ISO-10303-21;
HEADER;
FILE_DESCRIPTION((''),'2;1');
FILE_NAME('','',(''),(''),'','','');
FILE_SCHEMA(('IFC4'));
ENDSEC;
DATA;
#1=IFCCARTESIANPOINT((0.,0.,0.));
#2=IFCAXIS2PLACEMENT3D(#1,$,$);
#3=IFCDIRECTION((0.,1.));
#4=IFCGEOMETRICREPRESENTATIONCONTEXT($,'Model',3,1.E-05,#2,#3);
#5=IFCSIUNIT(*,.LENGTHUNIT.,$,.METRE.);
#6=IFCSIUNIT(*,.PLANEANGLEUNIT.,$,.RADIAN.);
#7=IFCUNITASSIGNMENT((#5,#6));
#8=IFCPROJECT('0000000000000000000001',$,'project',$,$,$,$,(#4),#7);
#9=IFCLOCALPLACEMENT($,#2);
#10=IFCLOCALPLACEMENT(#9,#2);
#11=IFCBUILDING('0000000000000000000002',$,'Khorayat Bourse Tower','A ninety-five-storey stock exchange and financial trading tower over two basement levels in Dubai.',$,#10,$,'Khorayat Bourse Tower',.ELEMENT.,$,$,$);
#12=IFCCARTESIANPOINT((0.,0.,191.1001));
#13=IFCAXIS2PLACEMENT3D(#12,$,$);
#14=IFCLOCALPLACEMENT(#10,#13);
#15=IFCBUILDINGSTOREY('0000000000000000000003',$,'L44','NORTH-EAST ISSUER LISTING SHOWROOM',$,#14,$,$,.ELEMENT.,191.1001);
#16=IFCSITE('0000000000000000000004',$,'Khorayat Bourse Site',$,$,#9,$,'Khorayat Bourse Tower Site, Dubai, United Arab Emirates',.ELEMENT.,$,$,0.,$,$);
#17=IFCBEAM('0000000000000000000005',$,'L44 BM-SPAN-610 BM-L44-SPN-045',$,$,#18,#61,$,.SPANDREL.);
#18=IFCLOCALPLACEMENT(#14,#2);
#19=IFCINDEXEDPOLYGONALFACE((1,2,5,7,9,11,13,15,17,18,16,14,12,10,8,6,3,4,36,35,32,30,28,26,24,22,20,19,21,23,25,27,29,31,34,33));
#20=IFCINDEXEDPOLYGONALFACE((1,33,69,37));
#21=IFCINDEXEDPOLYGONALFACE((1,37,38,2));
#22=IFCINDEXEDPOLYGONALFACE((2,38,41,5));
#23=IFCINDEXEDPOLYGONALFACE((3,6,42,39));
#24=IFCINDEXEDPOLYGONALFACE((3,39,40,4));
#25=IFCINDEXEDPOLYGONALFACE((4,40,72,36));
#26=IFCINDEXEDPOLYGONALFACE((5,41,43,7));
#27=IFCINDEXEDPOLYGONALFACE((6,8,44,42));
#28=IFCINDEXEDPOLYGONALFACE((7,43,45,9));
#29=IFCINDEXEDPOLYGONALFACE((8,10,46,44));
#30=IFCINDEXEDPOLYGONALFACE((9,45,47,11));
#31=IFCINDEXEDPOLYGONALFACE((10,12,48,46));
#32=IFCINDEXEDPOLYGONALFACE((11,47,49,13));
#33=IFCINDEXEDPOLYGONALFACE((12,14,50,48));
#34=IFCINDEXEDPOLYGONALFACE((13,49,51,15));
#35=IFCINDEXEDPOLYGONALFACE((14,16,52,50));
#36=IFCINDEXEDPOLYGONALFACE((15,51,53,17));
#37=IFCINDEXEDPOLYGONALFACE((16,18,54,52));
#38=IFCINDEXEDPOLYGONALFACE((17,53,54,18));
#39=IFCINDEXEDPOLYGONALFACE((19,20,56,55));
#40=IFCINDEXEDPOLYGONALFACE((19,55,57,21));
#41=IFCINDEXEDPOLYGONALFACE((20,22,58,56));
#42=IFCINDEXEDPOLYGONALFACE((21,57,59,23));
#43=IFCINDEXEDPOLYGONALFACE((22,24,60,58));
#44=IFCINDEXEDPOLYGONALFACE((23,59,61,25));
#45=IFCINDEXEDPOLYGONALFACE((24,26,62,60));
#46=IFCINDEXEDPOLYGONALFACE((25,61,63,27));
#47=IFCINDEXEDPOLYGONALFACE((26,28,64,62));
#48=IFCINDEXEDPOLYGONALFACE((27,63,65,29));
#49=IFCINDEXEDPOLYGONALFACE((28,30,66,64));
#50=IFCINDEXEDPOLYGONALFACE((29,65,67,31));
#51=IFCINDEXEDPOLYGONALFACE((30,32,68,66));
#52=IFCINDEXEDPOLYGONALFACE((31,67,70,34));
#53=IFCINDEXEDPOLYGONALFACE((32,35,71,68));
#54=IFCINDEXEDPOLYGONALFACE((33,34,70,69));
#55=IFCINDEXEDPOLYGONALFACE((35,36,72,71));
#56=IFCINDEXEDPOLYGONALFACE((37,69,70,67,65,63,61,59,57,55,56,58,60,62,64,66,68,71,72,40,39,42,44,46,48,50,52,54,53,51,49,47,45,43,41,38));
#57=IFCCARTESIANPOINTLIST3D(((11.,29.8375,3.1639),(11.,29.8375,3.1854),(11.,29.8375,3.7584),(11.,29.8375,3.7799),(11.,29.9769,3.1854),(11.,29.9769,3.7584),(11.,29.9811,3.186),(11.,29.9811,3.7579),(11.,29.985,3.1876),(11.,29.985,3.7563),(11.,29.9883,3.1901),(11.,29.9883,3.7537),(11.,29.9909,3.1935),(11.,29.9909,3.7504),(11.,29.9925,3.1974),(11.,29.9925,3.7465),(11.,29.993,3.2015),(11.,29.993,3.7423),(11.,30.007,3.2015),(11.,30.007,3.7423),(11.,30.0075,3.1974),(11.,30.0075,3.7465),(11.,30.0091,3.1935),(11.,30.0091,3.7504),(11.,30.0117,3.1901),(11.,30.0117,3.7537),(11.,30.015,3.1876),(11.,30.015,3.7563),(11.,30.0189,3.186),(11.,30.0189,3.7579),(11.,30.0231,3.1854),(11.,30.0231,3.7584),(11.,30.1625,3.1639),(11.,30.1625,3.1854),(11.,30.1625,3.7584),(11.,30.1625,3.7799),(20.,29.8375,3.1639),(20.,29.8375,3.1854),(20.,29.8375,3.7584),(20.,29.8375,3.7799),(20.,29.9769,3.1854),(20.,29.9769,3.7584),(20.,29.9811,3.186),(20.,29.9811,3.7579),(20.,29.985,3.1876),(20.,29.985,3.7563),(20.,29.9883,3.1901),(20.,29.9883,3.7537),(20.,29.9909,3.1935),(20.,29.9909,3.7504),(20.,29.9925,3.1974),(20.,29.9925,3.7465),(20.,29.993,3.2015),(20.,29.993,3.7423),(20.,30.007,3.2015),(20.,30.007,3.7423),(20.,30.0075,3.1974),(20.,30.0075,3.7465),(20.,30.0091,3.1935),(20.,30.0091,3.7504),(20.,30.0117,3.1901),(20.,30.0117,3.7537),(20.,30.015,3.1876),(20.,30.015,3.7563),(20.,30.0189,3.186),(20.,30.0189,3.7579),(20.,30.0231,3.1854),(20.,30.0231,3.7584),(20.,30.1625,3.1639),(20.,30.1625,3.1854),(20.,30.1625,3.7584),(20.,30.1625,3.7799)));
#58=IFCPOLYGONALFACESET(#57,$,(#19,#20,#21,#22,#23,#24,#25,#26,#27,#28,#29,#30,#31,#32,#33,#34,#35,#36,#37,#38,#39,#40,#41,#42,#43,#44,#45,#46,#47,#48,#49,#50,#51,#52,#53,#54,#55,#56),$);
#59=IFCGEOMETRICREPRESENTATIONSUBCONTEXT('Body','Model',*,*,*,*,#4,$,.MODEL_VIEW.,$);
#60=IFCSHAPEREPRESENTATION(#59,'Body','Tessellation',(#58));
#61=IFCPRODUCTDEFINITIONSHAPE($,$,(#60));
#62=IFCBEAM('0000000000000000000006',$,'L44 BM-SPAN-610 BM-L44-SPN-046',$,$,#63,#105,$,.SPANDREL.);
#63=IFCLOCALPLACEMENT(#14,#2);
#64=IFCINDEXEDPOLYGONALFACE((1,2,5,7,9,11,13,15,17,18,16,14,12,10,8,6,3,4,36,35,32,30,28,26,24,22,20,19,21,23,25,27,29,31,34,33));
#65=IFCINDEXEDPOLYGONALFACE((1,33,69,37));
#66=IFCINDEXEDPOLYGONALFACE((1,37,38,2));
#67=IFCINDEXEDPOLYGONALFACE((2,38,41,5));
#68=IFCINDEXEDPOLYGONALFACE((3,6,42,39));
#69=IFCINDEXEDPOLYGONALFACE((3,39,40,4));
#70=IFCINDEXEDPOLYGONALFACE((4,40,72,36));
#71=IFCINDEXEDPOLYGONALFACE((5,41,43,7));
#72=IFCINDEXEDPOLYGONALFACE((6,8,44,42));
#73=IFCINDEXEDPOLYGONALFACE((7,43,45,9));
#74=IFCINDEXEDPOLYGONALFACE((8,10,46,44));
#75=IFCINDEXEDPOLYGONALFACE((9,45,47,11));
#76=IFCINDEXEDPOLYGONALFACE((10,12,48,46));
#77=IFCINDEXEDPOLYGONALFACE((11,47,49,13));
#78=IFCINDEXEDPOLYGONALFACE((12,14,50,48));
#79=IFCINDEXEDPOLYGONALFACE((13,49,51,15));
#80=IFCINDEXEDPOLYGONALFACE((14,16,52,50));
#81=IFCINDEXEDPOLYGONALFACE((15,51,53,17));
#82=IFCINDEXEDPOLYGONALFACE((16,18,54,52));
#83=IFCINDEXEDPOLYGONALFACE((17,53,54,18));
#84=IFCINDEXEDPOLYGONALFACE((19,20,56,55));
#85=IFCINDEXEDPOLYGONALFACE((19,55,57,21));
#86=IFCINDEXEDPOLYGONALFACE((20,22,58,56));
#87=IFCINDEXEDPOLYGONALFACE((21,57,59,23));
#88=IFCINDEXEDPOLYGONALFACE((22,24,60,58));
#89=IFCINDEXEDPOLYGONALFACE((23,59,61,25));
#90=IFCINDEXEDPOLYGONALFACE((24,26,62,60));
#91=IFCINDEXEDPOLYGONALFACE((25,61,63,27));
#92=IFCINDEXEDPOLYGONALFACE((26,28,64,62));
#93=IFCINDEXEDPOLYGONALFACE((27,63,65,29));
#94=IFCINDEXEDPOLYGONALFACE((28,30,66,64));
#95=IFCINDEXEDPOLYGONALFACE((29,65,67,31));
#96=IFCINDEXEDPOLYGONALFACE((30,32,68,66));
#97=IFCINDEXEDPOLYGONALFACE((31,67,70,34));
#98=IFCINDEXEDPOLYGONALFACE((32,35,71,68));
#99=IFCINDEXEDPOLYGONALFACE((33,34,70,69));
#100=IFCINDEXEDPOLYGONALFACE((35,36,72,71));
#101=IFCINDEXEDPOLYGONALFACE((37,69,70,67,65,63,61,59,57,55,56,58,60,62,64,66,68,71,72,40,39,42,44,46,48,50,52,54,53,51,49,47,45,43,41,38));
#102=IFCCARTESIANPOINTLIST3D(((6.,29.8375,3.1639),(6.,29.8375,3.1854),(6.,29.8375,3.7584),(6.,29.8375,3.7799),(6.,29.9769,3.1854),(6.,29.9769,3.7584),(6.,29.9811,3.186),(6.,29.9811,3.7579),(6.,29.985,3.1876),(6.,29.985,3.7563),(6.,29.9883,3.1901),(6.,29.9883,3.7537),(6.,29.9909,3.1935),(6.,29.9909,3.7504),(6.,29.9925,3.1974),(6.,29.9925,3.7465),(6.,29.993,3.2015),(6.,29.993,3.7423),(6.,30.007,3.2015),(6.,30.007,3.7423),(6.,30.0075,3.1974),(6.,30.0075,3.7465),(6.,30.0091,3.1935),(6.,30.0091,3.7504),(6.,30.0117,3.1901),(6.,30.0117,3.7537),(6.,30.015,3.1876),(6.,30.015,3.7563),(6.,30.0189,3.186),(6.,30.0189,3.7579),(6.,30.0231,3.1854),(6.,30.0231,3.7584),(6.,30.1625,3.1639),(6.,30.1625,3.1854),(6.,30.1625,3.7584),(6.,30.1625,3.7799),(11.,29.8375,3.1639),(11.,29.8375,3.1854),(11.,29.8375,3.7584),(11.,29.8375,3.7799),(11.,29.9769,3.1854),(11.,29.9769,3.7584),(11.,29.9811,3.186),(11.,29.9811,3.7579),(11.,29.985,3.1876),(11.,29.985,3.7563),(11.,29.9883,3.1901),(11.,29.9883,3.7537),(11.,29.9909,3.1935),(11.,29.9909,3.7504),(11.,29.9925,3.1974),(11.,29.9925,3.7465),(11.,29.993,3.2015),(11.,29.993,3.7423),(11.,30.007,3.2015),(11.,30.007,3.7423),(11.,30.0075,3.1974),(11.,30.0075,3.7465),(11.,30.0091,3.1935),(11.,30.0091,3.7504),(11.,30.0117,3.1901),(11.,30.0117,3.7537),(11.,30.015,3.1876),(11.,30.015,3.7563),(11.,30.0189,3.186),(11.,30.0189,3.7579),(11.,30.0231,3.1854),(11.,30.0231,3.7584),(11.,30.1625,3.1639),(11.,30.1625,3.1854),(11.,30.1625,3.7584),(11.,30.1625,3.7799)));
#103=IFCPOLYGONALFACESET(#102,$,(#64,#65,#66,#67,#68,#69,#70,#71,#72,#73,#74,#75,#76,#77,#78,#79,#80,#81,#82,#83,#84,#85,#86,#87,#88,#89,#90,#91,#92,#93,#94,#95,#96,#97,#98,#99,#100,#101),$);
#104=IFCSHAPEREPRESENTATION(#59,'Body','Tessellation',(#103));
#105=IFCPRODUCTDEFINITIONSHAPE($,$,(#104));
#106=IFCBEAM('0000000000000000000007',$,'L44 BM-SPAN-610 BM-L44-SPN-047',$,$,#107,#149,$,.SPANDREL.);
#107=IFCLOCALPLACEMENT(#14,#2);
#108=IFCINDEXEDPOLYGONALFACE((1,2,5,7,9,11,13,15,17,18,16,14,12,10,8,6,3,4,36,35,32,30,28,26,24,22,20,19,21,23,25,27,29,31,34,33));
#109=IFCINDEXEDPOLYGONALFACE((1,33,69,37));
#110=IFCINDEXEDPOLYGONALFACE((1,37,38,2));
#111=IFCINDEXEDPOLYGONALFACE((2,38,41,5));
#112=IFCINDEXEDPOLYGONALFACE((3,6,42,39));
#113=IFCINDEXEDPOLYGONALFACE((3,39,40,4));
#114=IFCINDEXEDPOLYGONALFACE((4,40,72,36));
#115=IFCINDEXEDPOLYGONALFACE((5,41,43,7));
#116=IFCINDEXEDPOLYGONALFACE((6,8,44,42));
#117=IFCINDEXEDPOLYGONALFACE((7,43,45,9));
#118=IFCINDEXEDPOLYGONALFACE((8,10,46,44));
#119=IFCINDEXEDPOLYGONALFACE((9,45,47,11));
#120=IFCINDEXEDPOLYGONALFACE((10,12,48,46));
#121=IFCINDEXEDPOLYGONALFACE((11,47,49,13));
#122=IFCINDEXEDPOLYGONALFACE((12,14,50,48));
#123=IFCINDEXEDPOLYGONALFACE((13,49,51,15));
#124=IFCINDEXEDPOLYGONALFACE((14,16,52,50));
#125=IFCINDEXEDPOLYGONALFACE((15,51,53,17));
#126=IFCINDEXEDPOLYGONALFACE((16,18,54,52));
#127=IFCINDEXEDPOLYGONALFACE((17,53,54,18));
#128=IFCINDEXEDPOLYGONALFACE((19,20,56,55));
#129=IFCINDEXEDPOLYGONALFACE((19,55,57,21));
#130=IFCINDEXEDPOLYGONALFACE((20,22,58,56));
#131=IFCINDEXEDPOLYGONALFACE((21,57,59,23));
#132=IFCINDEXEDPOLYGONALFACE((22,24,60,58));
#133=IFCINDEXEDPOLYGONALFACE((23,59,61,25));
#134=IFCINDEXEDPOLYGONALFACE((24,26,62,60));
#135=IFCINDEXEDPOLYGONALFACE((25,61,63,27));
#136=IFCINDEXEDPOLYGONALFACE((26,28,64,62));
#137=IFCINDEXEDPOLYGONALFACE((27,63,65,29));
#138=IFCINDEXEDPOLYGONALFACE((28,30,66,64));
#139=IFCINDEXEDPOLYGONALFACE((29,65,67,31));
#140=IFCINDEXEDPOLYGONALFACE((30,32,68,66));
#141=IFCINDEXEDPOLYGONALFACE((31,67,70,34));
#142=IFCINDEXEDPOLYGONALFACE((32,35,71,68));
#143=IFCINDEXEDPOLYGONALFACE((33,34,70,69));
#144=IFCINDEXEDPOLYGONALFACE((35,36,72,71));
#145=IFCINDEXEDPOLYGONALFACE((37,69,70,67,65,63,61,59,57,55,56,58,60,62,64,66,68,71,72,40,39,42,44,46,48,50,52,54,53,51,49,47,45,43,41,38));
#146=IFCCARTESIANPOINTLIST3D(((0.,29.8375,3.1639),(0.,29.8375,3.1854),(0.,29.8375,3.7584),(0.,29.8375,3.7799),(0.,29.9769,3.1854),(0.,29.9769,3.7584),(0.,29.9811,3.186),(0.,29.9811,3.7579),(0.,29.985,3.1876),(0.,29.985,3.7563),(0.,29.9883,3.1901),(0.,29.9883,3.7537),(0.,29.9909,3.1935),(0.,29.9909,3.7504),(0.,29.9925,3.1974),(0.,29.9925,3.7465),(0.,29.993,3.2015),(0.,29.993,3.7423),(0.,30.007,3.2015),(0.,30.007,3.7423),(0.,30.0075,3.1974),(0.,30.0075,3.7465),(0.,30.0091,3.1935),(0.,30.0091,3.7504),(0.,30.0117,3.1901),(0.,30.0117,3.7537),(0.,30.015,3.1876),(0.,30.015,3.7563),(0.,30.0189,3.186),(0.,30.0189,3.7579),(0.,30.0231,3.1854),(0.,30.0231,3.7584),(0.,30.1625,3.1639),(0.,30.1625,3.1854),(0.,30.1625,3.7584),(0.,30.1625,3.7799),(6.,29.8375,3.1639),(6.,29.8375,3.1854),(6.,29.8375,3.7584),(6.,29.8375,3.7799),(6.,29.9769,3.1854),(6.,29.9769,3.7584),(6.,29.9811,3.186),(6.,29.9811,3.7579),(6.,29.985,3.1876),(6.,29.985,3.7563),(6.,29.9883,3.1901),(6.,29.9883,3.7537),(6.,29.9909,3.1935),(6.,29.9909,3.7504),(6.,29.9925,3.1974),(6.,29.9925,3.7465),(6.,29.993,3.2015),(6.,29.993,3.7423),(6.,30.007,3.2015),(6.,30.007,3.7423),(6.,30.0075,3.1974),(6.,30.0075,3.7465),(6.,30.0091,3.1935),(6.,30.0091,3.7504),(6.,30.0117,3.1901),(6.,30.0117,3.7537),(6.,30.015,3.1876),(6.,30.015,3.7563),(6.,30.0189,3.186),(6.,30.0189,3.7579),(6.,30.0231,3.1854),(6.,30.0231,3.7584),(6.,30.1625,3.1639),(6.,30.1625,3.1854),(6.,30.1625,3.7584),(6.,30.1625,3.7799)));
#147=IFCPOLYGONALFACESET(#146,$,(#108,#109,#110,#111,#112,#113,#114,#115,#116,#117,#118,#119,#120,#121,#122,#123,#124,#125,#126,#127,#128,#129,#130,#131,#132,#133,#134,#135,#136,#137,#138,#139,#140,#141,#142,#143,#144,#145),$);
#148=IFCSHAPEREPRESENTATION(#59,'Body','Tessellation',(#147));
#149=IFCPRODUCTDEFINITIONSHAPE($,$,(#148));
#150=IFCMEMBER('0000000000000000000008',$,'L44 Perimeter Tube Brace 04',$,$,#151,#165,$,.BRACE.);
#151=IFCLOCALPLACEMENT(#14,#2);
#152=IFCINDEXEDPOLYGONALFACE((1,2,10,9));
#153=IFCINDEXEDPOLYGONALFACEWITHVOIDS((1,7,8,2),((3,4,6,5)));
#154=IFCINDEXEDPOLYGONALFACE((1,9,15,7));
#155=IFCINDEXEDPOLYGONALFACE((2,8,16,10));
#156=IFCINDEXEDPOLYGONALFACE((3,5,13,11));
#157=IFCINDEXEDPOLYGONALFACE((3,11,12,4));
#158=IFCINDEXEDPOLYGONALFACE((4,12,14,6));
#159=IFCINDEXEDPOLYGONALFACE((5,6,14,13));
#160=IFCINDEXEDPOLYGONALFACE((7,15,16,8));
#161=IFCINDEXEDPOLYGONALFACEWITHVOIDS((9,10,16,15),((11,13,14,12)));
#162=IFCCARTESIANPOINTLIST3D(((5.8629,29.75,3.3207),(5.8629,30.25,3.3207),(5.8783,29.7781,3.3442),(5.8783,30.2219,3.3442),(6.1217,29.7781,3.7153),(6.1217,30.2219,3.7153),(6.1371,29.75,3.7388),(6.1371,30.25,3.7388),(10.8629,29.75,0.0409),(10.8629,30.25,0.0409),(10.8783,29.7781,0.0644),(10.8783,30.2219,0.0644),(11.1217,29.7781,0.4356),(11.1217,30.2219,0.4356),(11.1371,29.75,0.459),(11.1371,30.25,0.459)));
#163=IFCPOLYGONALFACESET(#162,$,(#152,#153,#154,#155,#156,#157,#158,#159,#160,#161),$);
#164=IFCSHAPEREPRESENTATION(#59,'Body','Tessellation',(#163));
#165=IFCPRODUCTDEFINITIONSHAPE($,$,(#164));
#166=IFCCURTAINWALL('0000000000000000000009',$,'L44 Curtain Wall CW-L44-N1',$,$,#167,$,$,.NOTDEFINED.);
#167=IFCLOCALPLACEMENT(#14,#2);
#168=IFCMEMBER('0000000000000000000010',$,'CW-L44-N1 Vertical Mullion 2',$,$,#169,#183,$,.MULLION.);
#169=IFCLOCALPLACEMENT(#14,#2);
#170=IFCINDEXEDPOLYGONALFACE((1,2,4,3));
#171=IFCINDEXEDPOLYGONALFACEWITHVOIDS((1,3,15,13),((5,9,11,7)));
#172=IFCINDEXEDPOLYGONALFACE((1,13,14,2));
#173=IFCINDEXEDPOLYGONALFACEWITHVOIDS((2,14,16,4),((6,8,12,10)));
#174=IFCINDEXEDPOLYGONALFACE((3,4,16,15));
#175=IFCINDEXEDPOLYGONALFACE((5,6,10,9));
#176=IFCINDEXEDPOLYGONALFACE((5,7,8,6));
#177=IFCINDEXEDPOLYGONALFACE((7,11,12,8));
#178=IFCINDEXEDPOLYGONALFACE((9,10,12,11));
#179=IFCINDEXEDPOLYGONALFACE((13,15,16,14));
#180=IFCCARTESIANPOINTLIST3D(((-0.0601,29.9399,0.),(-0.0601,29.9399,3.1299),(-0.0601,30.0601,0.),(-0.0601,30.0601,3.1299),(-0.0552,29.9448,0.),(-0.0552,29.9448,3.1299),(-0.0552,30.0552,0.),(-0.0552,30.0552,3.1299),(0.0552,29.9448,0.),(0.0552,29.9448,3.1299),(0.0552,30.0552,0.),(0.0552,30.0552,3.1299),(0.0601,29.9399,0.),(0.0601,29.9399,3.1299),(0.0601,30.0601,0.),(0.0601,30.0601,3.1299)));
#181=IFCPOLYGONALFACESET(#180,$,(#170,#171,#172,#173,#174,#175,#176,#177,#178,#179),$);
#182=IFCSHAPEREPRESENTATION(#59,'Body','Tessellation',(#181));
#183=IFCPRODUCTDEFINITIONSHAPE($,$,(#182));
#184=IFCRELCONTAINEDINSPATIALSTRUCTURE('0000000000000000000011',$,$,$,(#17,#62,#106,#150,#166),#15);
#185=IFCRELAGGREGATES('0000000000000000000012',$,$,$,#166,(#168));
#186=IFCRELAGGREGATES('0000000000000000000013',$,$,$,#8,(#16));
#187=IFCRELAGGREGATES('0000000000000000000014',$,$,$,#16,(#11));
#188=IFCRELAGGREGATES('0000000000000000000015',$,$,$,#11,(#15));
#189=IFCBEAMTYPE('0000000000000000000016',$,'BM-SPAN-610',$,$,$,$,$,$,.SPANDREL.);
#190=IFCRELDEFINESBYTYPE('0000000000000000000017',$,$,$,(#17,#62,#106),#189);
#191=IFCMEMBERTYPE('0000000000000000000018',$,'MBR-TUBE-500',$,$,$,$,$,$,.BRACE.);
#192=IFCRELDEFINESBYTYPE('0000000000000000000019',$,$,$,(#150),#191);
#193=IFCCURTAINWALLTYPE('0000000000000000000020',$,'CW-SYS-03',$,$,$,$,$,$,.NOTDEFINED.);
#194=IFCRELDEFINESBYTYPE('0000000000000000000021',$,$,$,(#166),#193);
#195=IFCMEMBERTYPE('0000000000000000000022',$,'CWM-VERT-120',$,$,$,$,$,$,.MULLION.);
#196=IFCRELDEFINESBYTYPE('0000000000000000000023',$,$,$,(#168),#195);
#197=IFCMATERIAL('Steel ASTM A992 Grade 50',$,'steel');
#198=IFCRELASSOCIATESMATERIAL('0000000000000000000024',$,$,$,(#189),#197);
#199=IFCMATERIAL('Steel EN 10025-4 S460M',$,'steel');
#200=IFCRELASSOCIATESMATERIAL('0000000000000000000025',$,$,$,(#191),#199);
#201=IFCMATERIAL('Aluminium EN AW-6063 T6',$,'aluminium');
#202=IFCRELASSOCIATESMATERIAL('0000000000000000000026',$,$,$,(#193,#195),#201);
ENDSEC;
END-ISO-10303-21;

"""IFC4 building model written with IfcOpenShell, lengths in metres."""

from ifc_helpers import new_model, si_unit, direction, frame, origin, origin_2d, place, context, subcontext, project, spatial, hollow_rectangle, i_section, extrude, source, transform, mapped, material, material_profile, profile_set, type_object, element, aggregate, save


model = new_model("IFC4")

# Units and contexts
model_context = context("Model", 3, precision=1e-05, world=origin(), true_north=direction((0.0, 1.0)))
body_context = subcontext(model_context, "Body", "Model", "MODEL_VIEW")
ifc_project = project(units=[si_unit("LENGTHUNIT", "METRE"), si_unit("PLANEANGLEUNIT", "RADIAN")], contexts=[model_context])

# Site, building, storey
site_placement = place(None, origin())
site = spatial("IfcSite", under=ifc_project, at=site_placement, Name="Khorayat Bourse Site", LongName="Khorayat Bourse Tower Site, Dubai, United Arab Emirates", CompositionType="ELEMENT", RefElevation=0.0)
building_placement = place(site_placement, origin())
building = spatial("IfcBuilding", under=site, at=building_placement, Name="Khorayat Bourse Tower", Description="A ninety-five-storey stock exchange and financial trading tower over two basement levels in Dubai.", LongName="Khorayat Bourse Tower", CompositionType="ELEMENT")
storey_placement = place(building_placement, frame((0.0, 0.0, 191.1001)))
storey = spatial("IfcBuildingStorey", under=building, at=storey_placement, Name="L44", Description="NORTH-EAST ISSUER LISTING SHOWROOM", CompositionType="ELEMENT", Elevation=191.1001)

# Shared definitions
ifc_material_1 = material(Name="Steel EN 10025-4 S460M", Category="steel")

# Beams
ifc_material_2 = material(Name="Steel ASTM A992 Grade 50", Category="steel")
ifc_material_profile_1 = material_profile(ifc_material_2, i_section(OverallWidth=0.325, OverallDepth=0.616, WebThickness=0.0139, FlangeThickness=0.0215, FilletRadius=0.0161, at=origin_2d()), Name="W610X174")
ifc_profile_set_1 = profile_set([ifc_material_profile_1], Name="Steel ASTM A992 Grade 50")
beam_type_1 = type_object("IfcBeamType", Name="BM-SPAN-610", PredefinedType="SPANDREL", material=ifc_profile_set_1)
shared_shape_1 = source(origin(), body_context, "Body", "SweptSolid", [
    extrude(i_section(OverallWidth=0.325, OverallDepth=0.616, WebThickness=0.0139, FlangeThickness=0.0215, FilletRadius=0.0161, at=origin_2d()), origin(), (0.0, 0.0, 1.0), 9.0),
])
beam_1_placement = place(storey_placement, frame((11.0, 30.0, 3.4719), z_axis=(1.0, 0.0, 0.0), x_axis=(0.0, 1.0, 0.0)))
element("IfcBeam", 1, at=beam_1_placement, inside=storey, type_object=beam_type_1, Name="L44 BM-SPAN-610 BM-L44-SPN-045", PredefinedType="SPANDREL", context=body_context, shape_type="MappedRepresentation", body=[
    mapped(shared_shape_1, transform((0.0, 0.0, 0.0), scale=1.0)),
])
shared_shape_2 = source(origin(), body_context, "Body", "SweptSolid", [
    extrude(i_section(OverallWidth=0.325, OverallDepth=0.616, WebThickness=0.0139, FlangeThickness=0.0215, FilletRadius=0.0161, at=origin_2d()), origin(), (0.0, 0.0, 1.0), 5.0),
])
beam_2_placement = place(storey_placement, frame((6.0, 30.0, 3.4719), z_axis=(1.0, 0.0, 0.0), x_axis=(0.0, 1.0, 0.0)))
element("IfcBeam", 2, at=beam_2_placement, inside=storey, type_object=beam_type_1, Name="L44 BM-SPAN-610 BM-L44-SPN-046", PredefinedType="SPANDREL", context=body_context, shape_type="MappedRepresentation", body=[
    mapped(shared_shape_2, transform((0.0, 0.0, 0.0), scale=1.0)),
])
shared_shape_3 = source(origin(), body_context, "Body", "SweptSolid", [
    extrude(i_section(OverallWidth=0.325, OverallDepth=0.616, WebThickness=0.0139, FlangeThickness=0.0215, FilletRadius=0.0161, at=origin_2d()), origin(), (0.0, 0.0, 1.0), 6.0),
])
beam_3_placement = place(storey_placement, frame((0.0, 30.0, 3.4719), z_axis=(1.0, 0.0, 0.0), x_axis=(0.0, 1.0, 0.0)))
element("IfcBeam", 3, at=beam_3_placement, inside=storey, type_object=beam_type_1, Name="L44 BM-SPAN-610 BM-L44-SPN-047", PredefinedType="SPANDREL", context=body_context, shape_type="MappedRepresentation", body=[
    mapped(shared_shape_3, transform((0.0, 0.0, 0.0), scale=1.0)),
])

# Member
ifc_material_profile_2 = material_profile(ifc_material_1, hollow_rectangle(XDim=0.5, YDim=0.5, WallThickness=0.0281, at=origin_2d()), Name="HSS 500x500x28")
ifc_profile_set_2 = profile_set([ifc_material_profile_2], Name="Steel EN 10025-4 S460M")
member_type_1 = type_object("IfcMemberType", Name="MBR-TUBE-500", PredefinedType="BRACE", material=ifc_profile_set_2)
shared_shape_4 = source(origin(), body_context, "Body", "SweptSolid", [
    extrude(hollow_rectangle(XDim=0.5, YDim=0.5, WallThickness=0.0281, at=origin_2d()), origin(), (0.0, 0.0, 1.0), 5.9797),
])
member_1_placement = place(storey_placement, frame((6.0, 30.0, 3.5298), z_axis=(0.83616, 0.0, -0.548485), x_axis=(0.0, 1.0, 0.0)))
element("IfcMember", 4, at=member_1_placement, inside=storey, type_object=member_type_1, Name="L44 Perimeter Tube Brace 04", PredefinedType="BRACE", context=body_context, shape_type="MappedRepresentation", body=[
    mapped(shared_shape_4, transform((0.0, 0.0, 0.0), scale=1.0)),
])

# Curtain wall, member
ifc_material_3 = material(Name="Aluminium EN AW-6063 T6", Category="aluminium")
curtain_wall_type = type_object("IfcCurtainWallType", Name="CW-SYS-03", PredefinedType="NOTDEFINED", material=ifc_material_3)
curtain_wall_placement = place(storey_placement, origin())
curtain_wall = element("IfcCurtainWall", 5, at=curtain_wall_placement, inside=storey, type_object=curtain_wall_type, Name="L44 Curtain Wall CW-L44-N1", PredefinedType="NOTDEFINED")
ifc_material_profile_3 = material_profile(ifc_material_3, hollow_rectangle(XDim=0.1201, YDim=0.1201, WallThickness=0.0049, at=origin_2d()), Name="ALU 120x120x5")
ifc_profile_set_3 = profile_set([ifc_material_profile_3], Name="Aluminium EN AW-6063 T6")
member_type_2 = type_object("IfcMemberType", Name="CWM-VERT-120", PredefinedType="MULLION", material=ifc_profile_set_3)
shared_shape_5 = source(origin(), body_context, "Body", "SweptSolid", [
    extrude(hollow_rectangle(XDim=0.1201, YDim=0.1201, WallThickness=0.0049, at=origin_2d()), origin(), (0.0, 0.0, 1.0), 3.1299),
])
member_2_placement = place(storey_placement, frame((0.0, 30.0, 0.0), z_axis=(0.0, 0.0, 1.0), x_axis=(0.0, 1.0, 0.0)))
member_2 = element("IfcMember", 6, at=member_2_placement, type_object=member_type_2, Name="CW-L44-N1 Vertical Mullion 2", PredefinedType="MULLION", context=body_context, shape_type="MappedRepresentation", body=[
    mapped(shared_shape_5, transform((0.0, 0.0, 0.0), scale=1.0)),
])

aggregate(curtain_wall, [member_2])

save(model, "model.ifc")
